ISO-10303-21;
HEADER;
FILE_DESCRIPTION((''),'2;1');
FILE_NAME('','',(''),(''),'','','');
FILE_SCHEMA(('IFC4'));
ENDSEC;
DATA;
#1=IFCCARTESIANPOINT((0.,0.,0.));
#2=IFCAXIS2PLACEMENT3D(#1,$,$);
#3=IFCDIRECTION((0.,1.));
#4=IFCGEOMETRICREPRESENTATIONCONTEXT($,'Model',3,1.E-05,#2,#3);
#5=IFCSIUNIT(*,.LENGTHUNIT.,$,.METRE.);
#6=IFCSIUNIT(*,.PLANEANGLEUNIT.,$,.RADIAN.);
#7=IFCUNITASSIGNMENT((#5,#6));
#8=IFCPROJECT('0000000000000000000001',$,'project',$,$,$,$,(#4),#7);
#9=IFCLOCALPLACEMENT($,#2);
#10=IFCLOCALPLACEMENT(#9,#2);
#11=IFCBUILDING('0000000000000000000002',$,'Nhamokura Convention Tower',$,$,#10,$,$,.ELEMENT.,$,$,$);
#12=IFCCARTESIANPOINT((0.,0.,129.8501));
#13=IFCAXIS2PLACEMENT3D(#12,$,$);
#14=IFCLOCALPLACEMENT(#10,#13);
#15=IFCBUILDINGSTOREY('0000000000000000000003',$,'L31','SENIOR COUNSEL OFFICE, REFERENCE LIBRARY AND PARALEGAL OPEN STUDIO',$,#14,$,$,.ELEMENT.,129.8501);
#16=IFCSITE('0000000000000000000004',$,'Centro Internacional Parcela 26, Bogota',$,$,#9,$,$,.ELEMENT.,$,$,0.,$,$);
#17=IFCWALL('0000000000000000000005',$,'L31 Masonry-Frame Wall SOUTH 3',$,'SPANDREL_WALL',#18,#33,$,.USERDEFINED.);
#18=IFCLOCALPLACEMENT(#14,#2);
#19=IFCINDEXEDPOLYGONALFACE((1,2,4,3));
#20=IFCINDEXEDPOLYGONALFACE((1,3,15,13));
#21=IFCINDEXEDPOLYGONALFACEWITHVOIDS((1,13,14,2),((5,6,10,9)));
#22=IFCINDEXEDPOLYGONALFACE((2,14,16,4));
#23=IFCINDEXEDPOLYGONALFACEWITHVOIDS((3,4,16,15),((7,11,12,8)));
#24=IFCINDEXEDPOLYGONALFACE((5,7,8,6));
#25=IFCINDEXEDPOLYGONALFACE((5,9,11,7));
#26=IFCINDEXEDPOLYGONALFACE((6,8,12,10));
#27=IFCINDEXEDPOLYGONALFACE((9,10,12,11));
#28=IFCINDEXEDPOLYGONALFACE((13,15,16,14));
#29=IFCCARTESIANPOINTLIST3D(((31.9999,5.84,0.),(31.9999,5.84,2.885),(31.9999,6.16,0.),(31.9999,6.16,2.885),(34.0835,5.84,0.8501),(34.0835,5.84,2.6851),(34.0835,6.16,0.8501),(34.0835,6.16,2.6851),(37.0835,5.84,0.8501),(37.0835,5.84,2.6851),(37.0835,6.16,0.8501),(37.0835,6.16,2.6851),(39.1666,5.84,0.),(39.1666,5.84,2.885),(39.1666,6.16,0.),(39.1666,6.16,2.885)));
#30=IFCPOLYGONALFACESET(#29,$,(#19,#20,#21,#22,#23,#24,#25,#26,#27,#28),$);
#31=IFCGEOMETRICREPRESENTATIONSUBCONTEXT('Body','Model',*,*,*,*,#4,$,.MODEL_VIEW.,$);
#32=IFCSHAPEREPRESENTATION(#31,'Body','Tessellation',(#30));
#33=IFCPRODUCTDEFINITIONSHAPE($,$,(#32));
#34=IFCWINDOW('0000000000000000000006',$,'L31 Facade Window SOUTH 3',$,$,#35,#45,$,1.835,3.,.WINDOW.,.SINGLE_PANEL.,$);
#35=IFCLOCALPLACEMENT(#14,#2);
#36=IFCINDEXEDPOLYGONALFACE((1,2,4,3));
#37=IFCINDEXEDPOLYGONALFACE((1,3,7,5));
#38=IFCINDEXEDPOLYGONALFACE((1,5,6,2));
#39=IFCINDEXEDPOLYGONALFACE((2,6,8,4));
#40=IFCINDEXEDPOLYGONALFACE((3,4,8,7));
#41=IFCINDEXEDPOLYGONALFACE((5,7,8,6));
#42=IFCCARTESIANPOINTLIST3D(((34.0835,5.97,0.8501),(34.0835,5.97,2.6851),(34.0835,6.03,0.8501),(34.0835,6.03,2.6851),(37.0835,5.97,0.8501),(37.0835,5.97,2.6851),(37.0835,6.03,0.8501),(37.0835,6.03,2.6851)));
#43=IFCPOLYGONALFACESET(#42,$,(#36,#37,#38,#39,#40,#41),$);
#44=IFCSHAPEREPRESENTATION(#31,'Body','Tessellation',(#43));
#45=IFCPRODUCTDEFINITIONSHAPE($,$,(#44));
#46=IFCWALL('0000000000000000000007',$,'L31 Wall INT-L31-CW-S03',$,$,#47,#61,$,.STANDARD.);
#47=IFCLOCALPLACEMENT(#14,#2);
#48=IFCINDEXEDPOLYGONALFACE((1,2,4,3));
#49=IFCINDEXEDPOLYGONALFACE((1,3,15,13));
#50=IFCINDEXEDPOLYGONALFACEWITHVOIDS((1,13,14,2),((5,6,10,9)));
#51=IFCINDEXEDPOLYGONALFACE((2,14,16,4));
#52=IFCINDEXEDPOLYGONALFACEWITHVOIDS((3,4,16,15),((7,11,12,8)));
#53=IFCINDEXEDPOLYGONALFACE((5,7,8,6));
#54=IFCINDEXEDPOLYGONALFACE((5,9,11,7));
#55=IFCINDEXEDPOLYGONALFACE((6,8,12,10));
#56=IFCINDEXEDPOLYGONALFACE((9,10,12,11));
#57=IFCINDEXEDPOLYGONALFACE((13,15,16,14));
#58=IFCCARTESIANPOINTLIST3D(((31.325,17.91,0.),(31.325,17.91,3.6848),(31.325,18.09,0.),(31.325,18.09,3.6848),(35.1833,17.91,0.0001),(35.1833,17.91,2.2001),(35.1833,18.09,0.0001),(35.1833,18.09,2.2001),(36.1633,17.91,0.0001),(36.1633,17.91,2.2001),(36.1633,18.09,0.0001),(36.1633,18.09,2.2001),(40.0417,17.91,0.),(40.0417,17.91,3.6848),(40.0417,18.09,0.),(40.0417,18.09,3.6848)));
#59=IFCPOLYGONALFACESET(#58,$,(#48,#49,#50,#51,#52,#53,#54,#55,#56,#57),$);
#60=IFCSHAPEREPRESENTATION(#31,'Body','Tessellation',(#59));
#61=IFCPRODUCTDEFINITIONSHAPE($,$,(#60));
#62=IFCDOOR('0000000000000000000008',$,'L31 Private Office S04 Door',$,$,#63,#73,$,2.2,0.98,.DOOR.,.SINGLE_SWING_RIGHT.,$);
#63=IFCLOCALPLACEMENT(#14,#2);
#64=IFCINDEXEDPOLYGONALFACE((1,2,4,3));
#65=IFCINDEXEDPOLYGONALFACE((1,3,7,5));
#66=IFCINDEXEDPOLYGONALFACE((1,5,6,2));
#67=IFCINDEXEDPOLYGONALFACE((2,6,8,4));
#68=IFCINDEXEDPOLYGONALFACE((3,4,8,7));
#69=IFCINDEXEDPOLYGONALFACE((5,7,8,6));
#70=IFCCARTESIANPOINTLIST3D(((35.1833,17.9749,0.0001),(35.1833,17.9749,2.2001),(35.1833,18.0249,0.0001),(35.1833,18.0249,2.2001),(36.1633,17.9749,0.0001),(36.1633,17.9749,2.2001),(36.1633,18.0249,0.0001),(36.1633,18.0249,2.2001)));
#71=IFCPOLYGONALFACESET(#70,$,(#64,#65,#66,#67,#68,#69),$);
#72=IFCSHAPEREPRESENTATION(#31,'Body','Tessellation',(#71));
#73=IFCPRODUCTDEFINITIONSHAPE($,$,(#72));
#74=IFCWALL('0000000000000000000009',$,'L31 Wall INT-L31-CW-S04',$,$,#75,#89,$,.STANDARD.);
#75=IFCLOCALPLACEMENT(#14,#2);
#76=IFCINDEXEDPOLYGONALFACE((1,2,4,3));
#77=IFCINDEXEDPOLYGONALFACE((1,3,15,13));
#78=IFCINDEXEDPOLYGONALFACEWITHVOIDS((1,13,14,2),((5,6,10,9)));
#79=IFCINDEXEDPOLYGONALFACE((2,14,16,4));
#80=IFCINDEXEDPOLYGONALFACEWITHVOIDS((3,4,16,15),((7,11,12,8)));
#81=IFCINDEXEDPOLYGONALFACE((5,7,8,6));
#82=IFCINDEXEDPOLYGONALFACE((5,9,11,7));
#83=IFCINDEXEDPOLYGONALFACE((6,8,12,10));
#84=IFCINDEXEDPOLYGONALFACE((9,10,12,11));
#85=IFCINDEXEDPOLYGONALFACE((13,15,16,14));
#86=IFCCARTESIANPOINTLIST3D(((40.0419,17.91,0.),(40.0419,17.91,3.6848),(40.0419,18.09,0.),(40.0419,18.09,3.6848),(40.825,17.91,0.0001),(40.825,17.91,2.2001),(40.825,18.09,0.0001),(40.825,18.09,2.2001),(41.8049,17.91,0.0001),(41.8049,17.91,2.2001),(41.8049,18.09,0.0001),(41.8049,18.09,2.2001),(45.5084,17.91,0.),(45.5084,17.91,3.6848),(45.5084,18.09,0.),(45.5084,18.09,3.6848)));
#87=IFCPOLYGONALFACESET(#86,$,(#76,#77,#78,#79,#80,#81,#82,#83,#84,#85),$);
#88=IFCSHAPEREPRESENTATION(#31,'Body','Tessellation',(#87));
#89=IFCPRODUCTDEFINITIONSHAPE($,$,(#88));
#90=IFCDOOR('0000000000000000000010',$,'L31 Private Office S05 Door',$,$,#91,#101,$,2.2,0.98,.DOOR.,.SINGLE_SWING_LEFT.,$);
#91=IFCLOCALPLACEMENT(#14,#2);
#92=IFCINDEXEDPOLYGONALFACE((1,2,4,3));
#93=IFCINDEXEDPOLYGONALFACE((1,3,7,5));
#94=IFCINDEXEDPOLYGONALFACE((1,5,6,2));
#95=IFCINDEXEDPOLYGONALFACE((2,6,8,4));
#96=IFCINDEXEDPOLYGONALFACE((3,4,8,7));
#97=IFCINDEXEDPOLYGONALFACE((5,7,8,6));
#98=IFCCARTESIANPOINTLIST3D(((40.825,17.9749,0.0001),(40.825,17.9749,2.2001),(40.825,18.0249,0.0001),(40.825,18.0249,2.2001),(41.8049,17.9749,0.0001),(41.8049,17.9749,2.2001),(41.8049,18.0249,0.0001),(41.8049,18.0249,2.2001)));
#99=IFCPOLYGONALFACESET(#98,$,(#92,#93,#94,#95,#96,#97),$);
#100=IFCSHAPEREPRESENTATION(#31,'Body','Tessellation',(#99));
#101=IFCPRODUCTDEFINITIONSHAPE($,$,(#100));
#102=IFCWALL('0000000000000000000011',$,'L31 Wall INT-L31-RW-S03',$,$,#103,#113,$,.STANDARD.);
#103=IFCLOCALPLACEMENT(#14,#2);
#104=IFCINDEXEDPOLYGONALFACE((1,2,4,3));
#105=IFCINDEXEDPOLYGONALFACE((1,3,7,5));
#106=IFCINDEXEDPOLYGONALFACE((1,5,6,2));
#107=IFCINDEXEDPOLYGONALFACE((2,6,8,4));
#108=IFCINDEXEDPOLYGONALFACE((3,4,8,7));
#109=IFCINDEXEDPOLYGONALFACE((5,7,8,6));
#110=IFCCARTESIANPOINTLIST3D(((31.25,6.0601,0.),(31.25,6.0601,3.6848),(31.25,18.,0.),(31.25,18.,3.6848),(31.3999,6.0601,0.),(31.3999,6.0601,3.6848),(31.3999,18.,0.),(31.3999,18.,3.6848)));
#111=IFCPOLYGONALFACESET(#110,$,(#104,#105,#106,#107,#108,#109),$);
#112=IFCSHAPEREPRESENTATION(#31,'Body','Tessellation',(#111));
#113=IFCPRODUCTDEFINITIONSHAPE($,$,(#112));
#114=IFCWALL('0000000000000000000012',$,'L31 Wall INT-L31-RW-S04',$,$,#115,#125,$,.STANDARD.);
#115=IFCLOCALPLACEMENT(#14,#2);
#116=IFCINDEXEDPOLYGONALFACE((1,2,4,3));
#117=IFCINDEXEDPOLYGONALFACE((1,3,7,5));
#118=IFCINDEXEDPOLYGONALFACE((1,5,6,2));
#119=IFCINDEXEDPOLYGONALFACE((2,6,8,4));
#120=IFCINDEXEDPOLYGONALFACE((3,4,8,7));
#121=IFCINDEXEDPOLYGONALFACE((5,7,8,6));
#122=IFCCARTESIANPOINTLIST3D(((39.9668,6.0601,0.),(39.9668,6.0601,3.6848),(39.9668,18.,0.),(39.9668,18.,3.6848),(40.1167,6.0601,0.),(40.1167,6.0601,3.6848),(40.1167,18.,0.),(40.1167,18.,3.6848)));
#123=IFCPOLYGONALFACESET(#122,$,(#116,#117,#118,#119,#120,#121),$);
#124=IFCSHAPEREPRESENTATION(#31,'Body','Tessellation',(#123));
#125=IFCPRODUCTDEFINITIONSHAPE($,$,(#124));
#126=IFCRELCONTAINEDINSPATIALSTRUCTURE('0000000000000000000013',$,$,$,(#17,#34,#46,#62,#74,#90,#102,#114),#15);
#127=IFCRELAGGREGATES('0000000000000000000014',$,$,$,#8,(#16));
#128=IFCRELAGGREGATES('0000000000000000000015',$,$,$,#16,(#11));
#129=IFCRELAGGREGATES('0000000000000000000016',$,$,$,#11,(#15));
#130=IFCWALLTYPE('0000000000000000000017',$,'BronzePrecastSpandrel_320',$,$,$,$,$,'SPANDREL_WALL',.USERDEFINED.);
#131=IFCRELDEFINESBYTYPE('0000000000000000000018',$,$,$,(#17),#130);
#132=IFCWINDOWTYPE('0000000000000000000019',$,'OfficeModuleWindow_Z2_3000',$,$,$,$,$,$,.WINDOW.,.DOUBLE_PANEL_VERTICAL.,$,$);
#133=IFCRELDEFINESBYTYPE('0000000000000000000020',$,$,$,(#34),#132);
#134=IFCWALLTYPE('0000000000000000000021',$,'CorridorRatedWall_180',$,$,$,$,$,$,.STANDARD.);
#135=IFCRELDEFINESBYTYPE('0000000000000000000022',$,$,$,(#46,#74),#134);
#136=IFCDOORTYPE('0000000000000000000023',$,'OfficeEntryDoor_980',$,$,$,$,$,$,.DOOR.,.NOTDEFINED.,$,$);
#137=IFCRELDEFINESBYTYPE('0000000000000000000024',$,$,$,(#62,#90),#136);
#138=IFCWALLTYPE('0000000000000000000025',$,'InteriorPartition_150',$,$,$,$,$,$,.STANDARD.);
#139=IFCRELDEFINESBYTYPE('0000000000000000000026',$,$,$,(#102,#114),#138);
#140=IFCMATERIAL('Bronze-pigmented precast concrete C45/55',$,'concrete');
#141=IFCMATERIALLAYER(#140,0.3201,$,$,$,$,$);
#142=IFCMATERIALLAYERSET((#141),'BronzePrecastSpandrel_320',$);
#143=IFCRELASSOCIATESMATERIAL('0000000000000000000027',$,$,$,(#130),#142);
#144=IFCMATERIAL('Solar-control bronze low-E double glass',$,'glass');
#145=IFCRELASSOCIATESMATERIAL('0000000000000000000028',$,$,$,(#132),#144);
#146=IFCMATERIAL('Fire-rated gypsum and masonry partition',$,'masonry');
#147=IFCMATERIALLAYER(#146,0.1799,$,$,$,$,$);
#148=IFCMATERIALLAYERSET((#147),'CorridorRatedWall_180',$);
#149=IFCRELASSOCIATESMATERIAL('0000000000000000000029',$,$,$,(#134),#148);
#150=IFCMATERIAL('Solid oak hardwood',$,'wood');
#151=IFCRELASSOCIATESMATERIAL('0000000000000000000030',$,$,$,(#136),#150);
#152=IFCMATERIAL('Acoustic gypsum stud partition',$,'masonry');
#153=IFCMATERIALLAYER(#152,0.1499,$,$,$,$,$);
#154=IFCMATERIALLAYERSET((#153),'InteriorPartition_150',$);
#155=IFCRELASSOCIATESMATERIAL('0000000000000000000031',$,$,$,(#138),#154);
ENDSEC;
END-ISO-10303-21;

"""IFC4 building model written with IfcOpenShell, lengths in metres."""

from ifc_helpers import new_model, si_unit, direction, frame, frame_2d, origin, place, context, subcontext, project, spatial, rectangle, extrude, material, layer, layer_set, type_object, element, fill, save


model = new_model("IFC4")

# Units and contexts
model_context = context("Model", 3, precision=1e-05, world=origin(), true_north=direction((0.0, 1.0)))
body_context = subcontext(model_context, "Body", "Model", "MODEL_VIEW")
ifc_project = project(units=[si_unit("LENGTHUNIT", "METRE"), si_unit("PLANEANGLEUNIT", "RADIAN")], contexts=[model_context])

# Site, building, storey
site_placement = place(None, origin())
site = spatial("IfcSite", under=ifc_project, at=site_placement, Name="Centro Internacional Parcela 26, Bogota", CompositionType="ELEMENT", RefElevation=0.0)
building_placement = place(site_placement, origin())
building = spatial("IfcBuilding", under=site, at=building_placement, Name="Nhamokura Convention Tower", CompositionType="ELEMENT")
storey_placement = place(building_placement, frame((0.0, 0.0, 129.8501)))
storey = spatial("IfcBuildingStorey", under=building, at=storey_placement, Name="L31", Description="SENIOR COUNSEL OFFICE, REFERENCE LIBRARY AND PARALEGAL OPEN STUDIO", CompositionType="ELEMENT", Elevation=129.8501)

# Wall, opening, window
ifc_material_1 = material(Name="Bronze-pigmented precast concrete C45/55", Category="concrete")
ifc_layer_1 = layer(ifc_material_1, 0.3201)
ifc_layer_set_1 = layer_set([ifc_layer_1], Name="BronzePrecastSpandrel_320")
wall_type_1 = type_object("IfcWallType", Name="BronzePrecastSpandrel_320", ElementType="SPANDREL_WALL", PredefinedType="USERDEFINED", material=ifc_layer_set_1)
ifc_material_2 = material(Name="Solar-control bronze low-E double glass", Category="glass")
window_type = type_object("IfcWindowType", Name="OfficeModuleWindow_Z2_3000", PartitioningType="DOUBLE_PANEL_VERTICAL", PredefinedType="WINDOW", material=ifc_material_2)
wall_1_placement = place(storey_placement, frame((39.1667, 6.0, 0.0), z_axis=(0.0, 0.0, 1.0), x_axis=(-1.0, 0.0, 0.0)))
wall_1 = element("IfcWall", 1, at=wall_1_placement, inside=storey, type_object=wall_type_1, Name="L31 Masonry-Frame Wall SOUTH 3", ObjectType="SPANDREL_WALL", PredefinedType="USERDEFINED", context=body_context, shape_type="SweptSolid", body=[
    extrude(rectangle(XDim=7.1667, YDim=0.3201, at=frame_2d((3.5835, 0.0))), origin(), (0.0, 0.0, 1.0), 2.885),
])
opening_1_placement = place(wall_1_placement, frame((2.0833, 0.0, 0.8501)))
opening_1 = element("IfcOpeningElement", 2, at=opening_1_placement, cuts=wall_1, PredefinedType="OPENING", context=body_context, shape_type="SweptSolid", body=[
    extrude(rectangle(XDim=3.0, YDim=1.835, at=frame_2d((1.5, 0.9175))), frame((0.0, 0.1699, 0.0), z_axis=(0.0, -1.0, 0.0), x_axis=(1.0, 0.0, 0.0)), (0.0, 0.0, 1.0), 0.3401),
])
window_1_placement = place(opening_1_placement, origin())
window_1 = element("IfcWindow", 3, at=window_1_placement, inside=storey, type_object=window_type, Name="L31 Facade Window SOUTH 3", OverallHeight=1.835, OverallWidth=3.0, PartitioningType="SINGLE_PANEL", PredefinedType="WINDOW", context=body_context, shape_type="SweptSolid", body=[
    extrude(rectangle(XDim=3.0, YDim=1.835, at=frame_2d((1.5, 0.9175))), frame((0.0, 0.03, 0.0), z_axis=(0.0, -1.0, 0.0), x_axis=(1.0, 0.0, 0.0)), (0.0, 0.0, 1.0), 0.0601),
])
fill(opening_1, window_1)

# Walls, openings, doors
ifc_material_3 = material(Name="Fire-rated gypsum and masonry partition", Category="masonry")
ifc_layer_2 = layer(ifc_material_3, 0.1799)
ifc_layer_set_2 = layer_set([ifc_layer_2], Name="CorridorRatedWall_180")
wall_type_2 = type_object("IfcWallType", Name="CorridorRatedWall_180", PredefinedType="STANDARD", material=ifc_layer_set_2)
wall_2_placement = place(storey_placement, frame((31.325, 18.0, 0.0), z_axis=(0.0, 0.0, 1.0), x_axis=(1.0, 0.0, 0.0)))
wall_2 = element("IfcWall", 4, at=wall_2_placement, inside=storey, type_object=wall_type_2, Name="L31 Wall INT-L31-CW-S03", PredefinedType="STANDARD", context=body_context, shape_type="SweptSolid", body=[
    extrude(rectangle(XDim=8.7168, YDim=0.1799, at=frame_2d((4.3584, 0.0))), origin(), (0.0, 0.0, 1.0), 3.6848),
])
opening_2_placement = place(wall_2_placement, frame((3.8584, 0.0, 0.0)))
opening_2 = element("IfcOpeningElement", 5, at=opening_2_placement, cuts=wall_2, PredefinedType="OPENING", context=body_context, shape_type="SweptSolid", body=[
    extrude(rectangle(XDim=0.98, YDim=2.2, at=frame_2d((0.49, 1.1001))), frame((0.0, 0.0999, 0.0), z_axis=(0.0, -1.0, 0.0), x_axis=(1.0, 0.0, 0.0)), (0.0, 0.0, 1.0), 0.2),
])
ifc_material_4 = material(Name="Solid oak hardwood", Category="wood")
door_type = type_object("IfcDoorType", Name="OfficeEntryDoor_980", OperationType="NOTDEFINED", PredefinedType="DOOR", material=ifc_material_4)
door_1_placement = place(opening_2_placement, origin())
door_1 = element("IfcDoor", 6, at=door_1_placement, inside=storey, type_object=door_type, Name="L31 Private Office S04 Door", OperationType="SINGLE_SWING_RIGHT", OverallHeight=2.2, OverallWidth=0.98, PredefinedType="DOOR", context=body_context, shape_type="SweptSolid", body=[
    extrude(rectangle(XDim=0.98, YDim=2.2, at=frame_2d((0.49, 1.1001))), frame((0.0, 0.0249, 0.0), z_axis=(0.0, -1.0, 0.0), x_axis=(1.0, 0.0, 0.0)), (0.0, 0.0, 1.0), 0.05),
])
fill(opening_2, door_1)
wall_3_placement = place(storey_placement, frame((40.0417, 18.0, 0.0), z_axis=(0.0, 0.0, 1.0), x_axis=(1.0, 0.0, 0.0)))
wall_3 = element("IfcWall", 7, at=wall_3_placement, inside=storey, type_object=wall_type_2, Name="L31 Wall INT-L31-CW-S04", PredefinedType="STANDARD", context=body_context, shape_type="SweptSolid", body=[
    extrude(rectangle(XDim=5.4666, YDim=0.1799, at=frame_2d((2.7334, 0.0))), origin(), (0.0, 0.0, 1.0), 3.6848),
])
opening_3_placement = place(wall_3_placement, frame((0.7832, 0.0, 0.0)))
opening_3 = element("IfcOpeningElement", 8, at=opening_3_placement, cuts=wall_3, PredefinedType="OPENING", context=body_context, shape_type="SweptSolid", body=[
    extrude(rectangle(XDim=0.98, YDim=2.2, at=frame_2d((0.49, 1.1001))), frame((0.0, 0.0999, 0.0), z_axis=(0.0, -1.0, 0.0), x_axis=(1.0, 0.0, 0.0)), (0.0, 0.0, 1.0), 0.2),
])
door_2_placement = place(opening_3_placement, origin())
door_2 = element("IfcDoor", 9, at=door_2_placement, inside=storey, type_object=door_type, Name="L31 Private Office S05 Door", OperationType="SINGLE_SWING_LEFT", OverallHeight=2.2, OverallWidth=0.98, PredefinedType="DOOR", context=body_context, shape_type="SweptSolid", body=[
    extrude(rectangle(XDim=0.98, YDim=2.2, at=frame_2d((0.49, 1.1001))), frame((0.0, 0.0249, 0.0), z_axis=(0.0, -1.0, 0.0), x_axis=(1.0, 0.0, 0.0)), (0.0, 0.0, 1.0), 0.05),
])
fill(opening_3, door_2)

# Walls
ifc_material_5 = material(Name="Acoustic gypsum stud partition", Category="masonry")
ifc_layer_3 = layer(ifc_material_5, 0.1499)
ifc_layer_set_3 = layer_set([ifc_layer_3], Name="InteriorPartition_150")
wall_type_3 = type_object("IfcWallType", Name="InteriorPartition_150", PredefinedType="STANDARD", material=ifc_layer_set_3)
for number, where, z_axis, x_axis, name in (
    (10, (31.325, 6.0601, 0.0), (0.0, 0.0, 1.0), (0.0, 1.0, 0.0), "L31 Wall INT-L31-RW-S03"),
    (11, (40.0417, 6.0601, 0.0), (0.0, 0.0, 1.0), (0.0, 1.0, 0.0), "L31 Wall INT-L31-RW-S04"),
):
    element("IfcWall", number, at=place(storey_placement, frame(where, z_axis=z_axis, x_axis=x_axis)), inside=storey, type_object=wall_type_3, Name=name, PredefinedType="STANDARD", context=body_context, shape_type="SweptSolid", body=[
        extrude(rectangle(XDim=11.9399, YDim=0.1499, at=frame_2d((5.97, 0.0))), origin(), (0.0, 0.0, 1.0), 3.6848),
    ])

save(model, "model.ifc")
